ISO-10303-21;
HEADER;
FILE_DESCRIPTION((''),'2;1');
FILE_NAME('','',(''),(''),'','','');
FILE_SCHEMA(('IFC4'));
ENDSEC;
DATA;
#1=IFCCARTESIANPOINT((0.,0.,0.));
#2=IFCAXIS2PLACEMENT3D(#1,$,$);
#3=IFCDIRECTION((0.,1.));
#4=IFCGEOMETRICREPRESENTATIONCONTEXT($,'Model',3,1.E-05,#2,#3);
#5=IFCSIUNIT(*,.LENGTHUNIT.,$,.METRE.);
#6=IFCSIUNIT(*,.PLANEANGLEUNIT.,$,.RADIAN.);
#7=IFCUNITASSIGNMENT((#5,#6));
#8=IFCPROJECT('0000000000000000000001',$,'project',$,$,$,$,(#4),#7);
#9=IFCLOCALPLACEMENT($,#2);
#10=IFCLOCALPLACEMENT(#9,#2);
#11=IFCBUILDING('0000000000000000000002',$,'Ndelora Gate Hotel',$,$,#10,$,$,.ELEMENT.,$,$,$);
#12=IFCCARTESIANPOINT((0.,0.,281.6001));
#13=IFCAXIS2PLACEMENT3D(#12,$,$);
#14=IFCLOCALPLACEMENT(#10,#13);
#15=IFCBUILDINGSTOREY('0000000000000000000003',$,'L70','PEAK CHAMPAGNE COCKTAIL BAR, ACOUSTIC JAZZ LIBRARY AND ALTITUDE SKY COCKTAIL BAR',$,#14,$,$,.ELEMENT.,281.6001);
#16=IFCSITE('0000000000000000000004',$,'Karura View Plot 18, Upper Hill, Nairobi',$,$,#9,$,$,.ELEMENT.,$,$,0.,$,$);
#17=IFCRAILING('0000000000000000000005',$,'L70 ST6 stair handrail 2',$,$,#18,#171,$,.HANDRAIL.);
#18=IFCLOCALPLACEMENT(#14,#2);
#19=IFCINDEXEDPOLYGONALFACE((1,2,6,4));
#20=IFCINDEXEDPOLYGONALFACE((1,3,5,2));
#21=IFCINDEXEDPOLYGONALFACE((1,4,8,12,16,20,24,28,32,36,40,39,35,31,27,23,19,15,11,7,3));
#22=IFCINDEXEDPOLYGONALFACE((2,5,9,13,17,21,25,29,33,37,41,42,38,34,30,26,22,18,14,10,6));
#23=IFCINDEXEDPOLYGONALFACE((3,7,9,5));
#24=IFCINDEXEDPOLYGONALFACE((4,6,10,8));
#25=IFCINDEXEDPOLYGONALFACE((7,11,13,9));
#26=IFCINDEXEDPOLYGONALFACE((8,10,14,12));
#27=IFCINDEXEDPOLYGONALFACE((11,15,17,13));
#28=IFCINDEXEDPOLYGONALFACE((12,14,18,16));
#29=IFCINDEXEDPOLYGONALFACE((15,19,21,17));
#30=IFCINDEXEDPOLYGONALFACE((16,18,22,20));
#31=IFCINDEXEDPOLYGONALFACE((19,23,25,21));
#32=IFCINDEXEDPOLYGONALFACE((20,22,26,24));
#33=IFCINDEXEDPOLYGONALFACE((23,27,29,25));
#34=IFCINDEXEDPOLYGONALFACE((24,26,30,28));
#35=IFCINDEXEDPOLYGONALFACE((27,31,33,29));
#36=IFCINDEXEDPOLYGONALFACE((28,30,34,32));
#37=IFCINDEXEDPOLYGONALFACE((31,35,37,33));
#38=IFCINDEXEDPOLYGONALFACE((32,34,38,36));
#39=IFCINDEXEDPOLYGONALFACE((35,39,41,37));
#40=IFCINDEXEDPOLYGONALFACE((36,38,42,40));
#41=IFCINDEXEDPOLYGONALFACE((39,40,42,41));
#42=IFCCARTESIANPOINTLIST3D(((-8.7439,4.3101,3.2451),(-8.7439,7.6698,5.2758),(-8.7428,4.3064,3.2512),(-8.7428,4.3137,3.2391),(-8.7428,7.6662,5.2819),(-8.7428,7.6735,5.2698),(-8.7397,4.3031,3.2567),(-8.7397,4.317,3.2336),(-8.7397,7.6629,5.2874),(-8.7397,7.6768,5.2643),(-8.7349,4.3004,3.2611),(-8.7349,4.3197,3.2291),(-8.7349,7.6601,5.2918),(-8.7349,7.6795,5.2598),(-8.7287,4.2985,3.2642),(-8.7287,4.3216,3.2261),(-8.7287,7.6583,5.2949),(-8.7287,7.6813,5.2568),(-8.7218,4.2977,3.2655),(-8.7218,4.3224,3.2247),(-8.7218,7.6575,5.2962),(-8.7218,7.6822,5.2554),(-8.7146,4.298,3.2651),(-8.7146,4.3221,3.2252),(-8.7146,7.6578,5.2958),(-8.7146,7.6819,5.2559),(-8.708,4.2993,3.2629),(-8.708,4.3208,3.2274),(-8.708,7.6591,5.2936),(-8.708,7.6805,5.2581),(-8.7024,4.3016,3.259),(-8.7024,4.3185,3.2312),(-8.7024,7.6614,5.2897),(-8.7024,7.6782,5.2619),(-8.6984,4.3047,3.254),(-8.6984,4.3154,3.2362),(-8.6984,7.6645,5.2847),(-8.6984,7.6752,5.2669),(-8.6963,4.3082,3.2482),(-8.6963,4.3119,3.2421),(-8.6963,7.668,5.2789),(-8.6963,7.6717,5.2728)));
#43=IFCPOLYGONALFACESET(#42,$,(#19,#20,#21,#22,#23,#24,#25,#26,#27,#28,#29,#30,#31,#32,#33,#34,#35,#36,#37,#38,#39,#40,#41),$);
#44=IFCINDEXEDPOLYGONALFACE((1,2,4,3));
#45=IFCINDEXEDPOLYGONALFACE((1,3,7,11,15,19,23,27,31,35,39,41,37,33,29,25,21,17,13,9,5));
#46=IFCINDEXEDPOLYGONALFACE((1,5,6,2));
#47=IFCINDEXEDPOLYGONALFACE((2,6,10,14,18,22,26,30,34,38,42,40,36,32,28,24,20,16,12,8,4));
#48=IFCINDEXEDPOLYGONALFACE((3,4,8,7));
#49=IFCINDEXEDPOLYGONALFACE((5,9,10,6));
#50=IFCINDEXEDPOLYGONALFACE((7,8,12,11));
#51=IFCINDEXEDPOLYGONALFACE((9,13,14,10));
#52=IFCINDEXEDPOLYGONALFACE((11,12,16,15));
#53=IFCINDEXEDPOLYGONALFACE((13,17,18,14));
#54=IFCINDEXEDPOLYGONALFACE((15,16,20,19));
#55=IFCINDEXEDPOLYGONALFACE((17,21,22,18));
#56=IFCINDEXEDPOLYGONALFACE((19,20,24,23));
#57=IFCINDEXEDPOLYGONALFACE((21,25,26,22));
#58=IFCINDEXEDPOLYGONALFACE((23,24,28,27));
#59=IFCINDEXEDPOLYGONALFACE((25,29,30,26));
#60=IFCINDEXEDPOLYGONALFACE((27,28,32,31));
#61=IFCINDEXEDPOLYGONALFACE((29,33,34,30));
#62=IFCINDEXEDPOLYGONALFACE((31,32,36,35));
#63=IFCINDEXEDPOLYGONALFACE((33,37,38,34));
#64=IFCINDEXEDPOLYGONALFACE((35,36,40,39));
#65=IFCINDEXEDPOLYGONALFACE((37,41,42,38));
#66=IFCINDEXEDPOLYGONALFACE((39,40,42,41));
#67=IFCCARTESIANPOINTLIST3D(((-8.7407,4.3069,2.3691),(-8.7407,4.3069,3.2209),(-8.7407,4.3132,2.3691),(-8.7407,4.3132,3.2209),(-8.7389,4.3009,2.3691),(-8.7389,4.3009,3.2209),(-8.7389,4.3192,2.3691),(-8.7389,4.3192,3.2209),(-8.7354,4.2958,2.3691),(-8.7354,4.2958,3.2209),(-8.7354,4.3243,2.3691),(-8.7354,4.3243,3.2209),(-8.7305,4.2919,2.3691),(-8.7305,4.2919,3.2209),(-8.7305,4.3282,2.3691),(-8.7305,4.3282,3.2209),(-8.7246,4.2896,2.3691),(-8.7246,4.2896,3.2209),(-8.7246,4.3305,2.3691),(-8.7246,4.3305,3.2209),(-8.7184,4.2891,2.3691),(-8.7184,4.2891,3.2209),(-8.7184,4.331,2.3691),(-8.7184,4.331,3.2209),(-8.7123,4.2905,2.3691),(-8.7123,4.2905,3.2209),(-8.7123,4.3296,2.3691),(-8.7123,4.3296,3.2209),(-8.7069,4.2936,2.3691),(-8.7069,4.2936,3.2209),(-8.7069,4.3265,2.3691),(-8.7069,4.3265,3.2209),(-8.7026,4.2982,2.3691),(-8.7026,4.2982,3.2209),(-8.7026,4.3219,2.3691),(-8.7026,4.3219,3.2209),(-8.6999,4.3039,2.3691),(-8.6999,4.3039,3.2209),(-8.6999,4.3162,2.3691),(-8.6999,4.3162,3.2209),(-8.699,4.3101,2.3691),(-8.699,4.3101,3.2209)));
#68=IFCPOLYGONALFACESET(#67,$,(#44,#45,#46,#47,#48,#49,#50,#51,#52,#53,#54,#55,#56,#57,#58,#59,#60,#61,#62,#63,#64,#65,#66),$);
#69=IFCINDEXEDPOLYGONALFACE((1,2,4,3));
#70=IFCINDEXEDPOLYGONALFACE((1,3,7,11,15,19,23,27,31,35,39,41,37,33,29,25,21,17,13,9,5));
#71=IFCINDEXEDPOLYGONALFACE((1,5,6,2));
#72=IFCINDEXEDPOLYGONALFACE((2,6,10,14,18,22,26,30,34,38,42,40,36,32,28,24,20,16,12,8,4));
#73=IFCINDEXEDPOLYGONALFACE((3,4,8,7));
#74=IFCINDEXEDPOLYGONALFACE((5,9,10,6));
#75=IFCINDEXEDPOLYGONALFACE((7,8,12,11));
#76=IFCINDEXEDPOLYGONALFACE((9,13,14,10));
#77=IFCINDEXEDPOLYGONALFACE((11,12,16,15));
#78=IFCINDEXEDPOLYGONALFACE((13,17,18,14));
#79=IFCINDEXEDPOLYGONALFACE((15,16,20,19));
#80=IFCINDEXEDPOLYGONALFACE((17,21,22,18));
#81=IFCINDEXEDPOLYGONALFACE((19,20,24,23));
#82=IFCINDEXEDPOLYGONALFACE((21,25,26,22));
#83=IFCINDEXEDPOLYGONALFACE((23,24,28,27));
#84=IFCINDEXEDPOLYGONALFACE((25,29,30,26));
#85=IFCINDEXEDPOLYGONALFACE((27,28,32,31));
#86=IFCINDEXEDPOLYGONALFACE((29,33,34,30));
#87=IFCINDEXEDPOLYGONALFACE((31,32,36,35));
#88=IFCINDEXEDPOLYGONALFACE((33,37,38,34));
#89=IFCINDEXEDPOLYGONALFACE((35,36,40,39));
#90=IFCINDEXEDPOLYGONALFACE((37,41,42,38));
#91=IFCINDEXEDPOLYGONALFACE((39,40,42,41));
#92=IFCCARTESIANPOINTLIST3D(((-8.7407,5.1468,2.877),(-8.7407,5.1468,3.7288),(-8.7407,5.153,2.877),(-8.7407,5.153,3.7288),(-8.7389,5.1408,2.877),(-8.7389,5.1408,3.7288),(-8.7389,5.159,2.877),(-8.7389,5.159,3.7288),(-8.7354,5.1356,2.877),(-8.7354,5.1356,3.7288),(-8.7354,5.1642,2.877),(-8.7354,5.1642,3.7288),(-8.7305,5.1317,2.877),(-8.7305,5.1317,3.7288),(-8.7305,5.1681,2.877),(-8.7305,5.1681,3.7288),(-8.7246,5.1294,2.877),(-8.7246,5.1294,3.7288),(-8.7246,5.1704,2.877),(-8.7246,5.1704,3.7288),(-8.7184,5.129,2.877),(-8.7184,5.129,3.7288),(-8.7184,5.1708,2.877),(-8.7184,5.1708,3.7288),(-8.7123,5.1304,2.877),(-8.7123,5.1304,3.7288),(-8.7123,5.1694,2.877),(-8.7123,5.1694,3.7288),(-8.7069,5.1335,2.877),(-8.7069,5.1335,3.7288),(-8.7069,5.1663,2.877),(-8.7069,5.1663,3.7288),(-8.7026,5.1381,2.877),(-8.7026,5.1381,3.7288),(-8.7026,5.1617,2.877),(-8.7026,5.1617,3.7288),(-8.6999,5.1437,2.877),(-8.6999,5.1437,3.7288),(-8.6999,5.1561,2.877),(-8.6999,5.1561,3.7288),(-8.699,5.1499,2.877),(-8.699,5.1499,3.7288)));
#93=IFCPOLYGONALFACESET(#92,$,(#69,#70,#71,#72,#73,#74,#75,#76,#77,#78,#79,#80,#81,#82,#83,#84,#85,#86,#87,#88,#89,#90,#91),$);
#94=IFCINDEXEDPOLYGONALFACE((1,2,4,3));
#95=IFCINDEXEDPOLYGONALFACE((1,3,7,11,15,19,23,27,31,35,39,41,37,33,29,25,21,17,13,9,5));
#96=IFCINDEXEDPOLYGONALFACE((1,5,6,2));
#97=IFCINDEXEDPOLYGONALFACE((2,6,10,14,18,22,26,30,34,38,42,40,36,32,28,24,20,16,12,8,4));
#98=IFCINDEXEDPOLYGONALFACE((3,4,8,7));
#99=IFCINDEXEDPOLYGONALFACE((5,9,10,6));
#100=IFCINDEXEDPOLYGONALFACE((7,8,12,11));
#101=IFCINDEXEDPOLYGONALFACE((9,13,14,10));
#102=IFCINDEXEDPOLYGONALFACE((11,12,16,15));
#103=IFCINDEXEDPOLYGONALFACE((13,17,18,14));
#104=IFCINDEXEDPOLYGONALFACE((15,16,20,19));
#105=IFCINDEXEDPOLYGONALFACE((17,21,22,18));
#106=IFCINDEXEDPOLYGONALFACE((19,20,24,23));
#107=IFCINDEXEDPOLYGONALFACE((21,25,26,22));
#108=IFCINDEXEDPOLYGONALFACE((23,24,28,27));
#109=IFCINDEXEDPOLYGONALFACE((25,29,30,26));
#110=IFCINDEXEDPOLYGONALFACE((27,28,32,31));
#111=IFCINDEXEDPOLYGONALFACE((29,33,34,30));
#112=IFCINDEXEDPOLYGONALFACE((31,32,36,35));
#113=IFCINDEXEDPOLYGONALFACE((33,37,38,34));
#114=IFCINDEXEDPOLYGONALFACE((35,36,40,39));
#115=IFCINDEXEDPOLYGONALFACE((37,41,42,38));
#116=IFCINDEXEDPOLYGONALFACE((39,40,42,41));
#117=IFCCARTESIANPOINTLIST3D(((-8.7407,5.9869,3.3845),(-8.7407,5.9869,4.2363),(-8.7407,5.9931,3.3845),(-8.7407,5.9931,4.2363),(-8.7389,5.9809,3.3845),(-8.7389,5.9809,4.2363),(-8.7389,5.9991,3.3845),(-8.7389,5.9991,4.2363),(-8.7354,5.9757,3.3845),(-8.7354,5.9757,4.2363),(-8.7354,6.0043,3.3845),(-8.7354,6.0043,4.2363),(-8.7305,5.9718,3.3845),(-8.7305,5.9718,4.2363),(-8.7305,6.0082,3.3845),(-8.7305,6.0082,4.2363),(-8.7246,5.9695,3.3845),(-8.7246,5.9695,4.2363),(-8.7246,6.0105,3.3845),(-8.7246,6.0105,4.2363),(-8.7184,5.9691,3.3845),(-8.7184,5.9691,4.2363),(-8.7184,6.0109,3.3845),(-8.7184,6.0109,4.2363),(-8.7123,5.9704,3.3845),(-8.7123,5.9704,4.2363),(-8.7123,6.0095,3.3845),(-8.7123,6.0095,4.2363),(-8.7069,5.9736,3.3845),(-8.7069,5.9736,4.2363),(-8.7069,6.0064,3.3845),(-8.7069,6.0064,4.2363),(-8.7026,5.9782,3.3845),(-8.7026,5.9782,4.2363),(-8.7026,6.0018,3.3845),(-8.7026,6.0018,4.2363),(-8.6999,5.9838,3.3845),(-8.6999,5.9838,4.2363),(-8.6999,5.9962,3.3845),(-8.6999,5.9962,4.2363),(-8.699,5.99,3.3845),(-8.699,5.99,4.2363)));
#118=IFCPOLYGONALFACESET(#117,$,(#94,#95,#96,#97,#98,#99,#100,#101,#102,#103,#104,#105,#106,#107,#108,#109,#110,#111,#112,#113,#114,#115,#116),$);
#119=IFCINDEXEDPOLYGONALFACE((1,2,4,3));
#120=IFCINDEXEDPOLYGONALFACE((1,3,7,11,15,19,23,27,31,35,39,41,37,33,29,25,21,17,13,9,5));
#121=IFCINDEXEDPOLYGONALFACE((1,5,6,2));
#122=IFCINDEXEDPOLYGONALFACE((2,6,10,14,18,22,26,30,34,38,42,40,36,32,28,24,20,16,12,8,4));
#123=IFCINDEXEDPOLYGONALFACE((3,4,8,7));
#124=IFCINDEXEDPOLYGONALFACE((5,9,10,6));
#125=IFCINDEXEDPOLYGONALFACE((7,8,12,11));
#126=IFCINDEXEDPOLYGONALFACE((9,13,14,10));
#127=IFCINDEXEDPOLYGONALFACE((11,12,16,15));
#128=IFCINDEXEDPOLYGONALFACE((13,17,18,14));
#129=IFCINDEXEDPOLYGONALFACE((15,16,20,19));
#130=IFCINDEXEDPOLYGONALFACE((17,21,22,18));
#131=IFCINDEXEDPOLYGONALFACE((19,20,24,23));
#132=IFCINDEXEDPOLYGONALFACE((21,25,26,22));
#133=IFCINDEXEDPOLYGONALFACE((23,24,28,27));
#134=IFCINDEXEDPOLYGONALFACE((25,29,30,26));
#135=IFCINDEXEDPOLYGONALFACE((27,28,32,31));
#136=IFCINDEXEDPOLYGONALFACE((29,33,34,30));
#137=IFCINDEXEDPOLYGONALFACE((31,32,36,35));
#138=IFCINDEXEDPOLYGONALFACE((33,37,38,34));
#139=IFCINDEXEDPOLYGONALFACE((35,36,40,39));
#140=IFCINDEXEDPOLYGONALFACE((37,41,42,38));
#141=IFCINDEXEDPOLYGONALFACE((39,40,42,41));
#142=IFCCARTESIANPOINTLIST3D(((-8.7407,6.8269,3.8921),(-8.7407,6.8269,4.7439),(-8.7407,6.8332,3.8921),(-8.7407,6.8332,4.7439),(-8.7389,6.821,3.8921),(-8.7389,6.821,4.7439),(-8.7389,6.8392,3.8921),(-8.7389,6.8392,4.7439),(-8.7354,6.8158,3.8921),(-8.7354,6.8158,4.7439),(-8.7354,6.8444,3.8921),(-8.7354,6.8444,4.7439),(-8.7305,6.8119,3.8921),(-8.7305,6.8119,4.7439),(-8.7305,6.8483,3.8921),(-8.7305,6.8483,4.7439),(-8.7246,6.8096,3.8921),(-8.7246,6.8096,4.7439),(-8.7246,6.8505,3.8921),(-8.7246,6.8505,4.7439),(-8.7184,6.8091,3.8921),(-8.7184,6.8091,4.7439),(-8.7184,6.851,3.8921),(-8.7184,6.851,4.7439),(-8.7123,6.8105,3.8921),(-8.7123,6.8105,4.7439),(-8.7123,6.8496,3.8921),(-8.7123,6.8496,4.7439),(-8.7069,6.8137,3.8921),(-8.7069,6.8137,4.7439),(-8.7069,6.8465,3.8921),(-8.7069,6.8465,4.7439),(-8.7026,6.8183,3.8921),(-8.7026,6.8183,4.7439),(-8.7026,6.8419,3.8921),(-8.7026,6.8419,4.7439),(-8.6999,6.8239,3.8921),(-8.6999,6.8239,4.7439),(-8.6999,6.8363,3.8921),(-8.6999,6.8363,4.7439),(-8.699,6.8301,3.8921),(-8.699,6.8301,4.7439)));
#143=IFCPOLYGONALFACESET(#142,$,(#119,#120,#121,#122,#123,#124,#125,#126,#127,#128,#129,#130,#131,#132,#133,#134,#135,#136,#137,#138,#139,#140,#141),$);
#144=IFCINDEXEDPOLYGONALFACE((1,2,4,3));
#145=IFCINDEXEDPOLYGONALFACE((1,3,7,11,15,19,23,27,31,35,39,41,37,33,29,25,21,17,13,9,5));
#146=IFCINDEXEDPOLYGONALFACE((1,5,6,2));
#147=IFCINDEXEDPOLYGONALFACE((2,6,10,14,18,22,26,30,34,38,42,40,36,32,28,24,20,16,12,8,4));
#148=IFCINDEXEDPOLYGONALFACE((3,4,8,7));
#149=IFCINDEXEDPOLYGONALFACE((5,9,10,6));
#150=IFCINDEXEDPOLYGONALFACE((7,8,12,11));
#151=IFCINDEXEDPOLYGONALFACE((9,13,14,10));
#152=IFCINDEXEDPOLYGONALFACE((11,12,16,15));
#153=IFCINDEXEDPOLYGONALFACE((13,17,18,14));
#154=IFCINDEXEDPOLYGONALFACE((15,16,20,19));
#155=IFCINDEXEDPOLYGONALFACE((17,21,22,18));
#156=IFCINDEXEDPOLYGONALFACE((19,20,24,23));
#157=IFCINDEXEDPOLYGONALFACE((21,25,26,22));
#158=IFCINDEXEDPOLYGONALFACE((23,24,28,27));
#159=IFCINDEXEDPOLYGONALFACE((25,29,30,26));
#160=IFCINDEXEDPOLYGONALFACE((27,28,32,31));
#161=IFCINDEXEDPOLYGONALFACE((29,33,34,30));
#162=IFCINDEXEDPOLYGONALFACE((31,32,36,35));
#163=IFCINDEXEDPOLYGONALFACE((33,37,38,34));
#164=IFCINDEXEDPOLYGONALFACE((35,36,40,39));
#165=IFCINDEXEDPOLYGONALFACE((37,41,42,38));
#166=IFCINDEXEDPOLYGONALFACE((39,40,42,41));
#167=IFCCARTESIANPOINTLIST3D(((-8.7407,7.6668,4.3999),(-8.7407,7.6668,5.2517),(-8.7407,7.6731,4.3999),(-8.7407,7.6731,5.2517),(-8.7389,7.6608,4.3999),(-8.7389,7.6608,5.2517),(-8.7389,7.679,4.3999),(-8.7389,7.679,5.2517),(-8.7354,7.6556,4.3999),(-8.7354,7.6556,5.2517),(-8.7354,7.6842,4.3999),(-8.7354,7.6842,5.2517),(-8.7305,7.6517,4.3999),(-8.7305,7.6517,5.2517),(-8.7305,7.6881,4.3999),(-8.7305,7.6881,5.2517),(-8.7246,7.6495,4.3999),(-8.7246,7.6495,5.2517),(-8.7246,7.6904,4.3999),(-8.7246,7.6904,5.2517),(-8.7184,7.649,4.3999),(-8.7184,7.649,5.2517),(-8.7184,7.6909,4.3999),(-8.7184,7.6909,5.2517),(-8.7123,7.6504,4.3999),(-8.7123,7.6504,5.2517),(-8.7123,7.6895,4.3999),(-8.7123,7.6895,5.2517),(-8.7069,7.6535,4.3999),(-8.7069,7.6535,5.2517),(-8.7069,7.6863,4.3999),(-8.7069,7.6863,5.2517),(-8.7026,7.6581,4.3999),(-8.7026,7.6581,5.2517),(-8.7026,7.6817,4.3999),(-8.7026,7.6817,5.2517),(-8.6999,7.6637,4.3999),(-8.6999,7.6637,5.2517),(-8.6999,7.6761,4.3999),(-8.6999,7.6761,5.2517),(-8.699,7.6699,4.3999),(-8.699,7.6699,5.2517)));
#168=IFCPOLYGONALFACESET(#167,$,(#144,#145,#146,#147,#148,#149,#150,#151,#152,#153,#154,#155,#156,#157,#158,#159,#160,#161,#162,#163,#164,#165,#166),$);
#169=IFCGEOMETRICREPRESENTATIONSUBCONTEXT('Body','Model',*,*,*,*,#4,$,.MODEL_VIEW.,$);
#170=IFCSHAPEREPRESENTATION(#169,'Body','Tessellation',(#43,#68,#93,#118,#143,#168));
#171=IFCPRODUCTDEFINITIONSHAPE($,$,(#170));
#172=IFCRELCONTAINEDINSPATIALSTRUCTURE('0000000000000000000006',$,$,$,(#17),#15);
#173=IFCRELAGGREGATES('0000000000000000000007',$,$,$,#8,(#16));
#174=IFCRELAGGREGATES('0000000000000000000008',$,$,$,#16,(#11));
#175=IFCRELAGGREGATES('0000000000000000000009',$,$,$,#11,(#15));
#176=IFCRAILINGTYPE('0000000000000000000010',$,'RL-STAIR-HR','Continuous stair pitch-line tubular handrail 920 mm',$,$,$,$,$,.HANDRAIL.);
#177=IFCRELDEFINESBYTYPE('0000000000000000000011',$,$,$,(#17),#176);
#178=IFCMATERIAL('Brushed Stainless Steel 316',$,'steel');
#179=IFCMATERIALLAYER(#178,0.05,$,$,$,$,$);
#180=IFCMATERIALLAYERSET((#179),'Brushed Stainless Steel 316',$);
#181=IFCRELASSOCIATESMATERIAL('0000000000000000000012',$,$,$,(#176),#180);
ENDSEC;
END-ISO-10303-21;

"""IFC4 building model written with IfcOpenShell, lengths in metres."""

from ifc_helpers import new_model, si_unit, direction, frame, origin, origin_2d, place, context, subcontext, project, spatial, circle, extrude, material, layer, layer_set, type_object, element, save


model = new_model("IFC4")

# Units and contexts
model_context = context("Model", 3, precision=1e-05, world=origin(), true_north=direction((0.0, 1.0)))
body_context = subcontext(model_context, "Body", "Model", "MODEL_VIEW")
ifc_project = project(units=[si_unit("LENGTHUNIT", "METRE"), si_unit("PLANEANGLEUNIT", "RADIAN")], contexts=[model_context])

# Site, building, storey
site_placement = place(None, origin())
site = spatial("IfcSite", under=ifc_project, at=site_placement, Name="Karura View Plot 18, Upper Hill, Nairobi", CompositionType="ELEMENT", RefElevation=0.0)
building_placement = place(site_placement, origin())
building = spatial("IfcBuilding", under=site, at=building_placement, Name="Ndelora Gate Hotel", CompositionType="ELEMENT")
storey_placement = place(building_placement, frame((0.0, 0.0, 281.6001)))
storey = spatial("IfcBuildingStorey", under=building, at=storey_placement, Name="L70", Description="PEAK CHAMPAGNE COCKTAIL BAR, ACOUSTIC JAZZ LIBRARY AND ALTITUDE SKY COCKTAIL BAR", CompositionType="ELEMENT", Elevation=281.6001)

# Railing
ifc_material_1 = material(Name="Brushed Stainless Steel 316", Category="steel")
ifc_layer_1 = layer(ifc_material_1, 0.05)
ifc_layer_set_1 = layer_set([ifc_layer_1], Name="Brushed Stainless Steel 316")
railing_type_1 = type_object("IfcRailingType", Name="RL-STAIR-HR", Description="Continuous stair pitch-line tubular handrail 920 mm", PredefinedType="HANDRAIL", material=ifc_layer_set_1)
railing_1_placement = place(storey_placement, frame((-8.72, 4.3101, 2.3691)))
element("IfcRailing", 1, at=railing_1_placement, inside=storey, type_object=railing_type_1, Name="L70 ST6 stair handrail 2", PredefinedType="HANDRAIL", context=body_context, shape_type="SweptSolid", body=[
    extrude(circle(Radius=0.0239, at=origin_2d()), frame((0.0, 0.0, 0.876), z_axis=(0.0, 0.85582, 0.517273), x_axis=(-1.0, 0.0, 0.0)), (0.0, 0.0, 1.0), 3.9258),
    extrude(circle(Radius=0.021, at=origin_2d()), origin(), (0.0, 0.0, 1.0), 0.8518),
    extrude(circle(Radius=0.021, at=origin_2d()), frame((0.0, 0.8398, 0.5078)), (0.0, 0.0, 1.0), 0.8518),
    extrude(circle(Radius=0.021, at=origin_2d()), frame((0.0, 1.6799, 1.0154)), (0.0, 0.0, 1.0), 0.8518),
    extrude(circle(Radius=0.021, at=origin_2d()), frame((0.0, 2.52, 1.5229)), (0.0, 0.0, 1.0), 0.8518),
    extrude(circle(Radius=0.021, at=origin_2d()), frame((0.0, 3.3599, 2.0308)), (0.0, 0.0, 1.0), 0.8518),
])

save(model, "model.ifc")
